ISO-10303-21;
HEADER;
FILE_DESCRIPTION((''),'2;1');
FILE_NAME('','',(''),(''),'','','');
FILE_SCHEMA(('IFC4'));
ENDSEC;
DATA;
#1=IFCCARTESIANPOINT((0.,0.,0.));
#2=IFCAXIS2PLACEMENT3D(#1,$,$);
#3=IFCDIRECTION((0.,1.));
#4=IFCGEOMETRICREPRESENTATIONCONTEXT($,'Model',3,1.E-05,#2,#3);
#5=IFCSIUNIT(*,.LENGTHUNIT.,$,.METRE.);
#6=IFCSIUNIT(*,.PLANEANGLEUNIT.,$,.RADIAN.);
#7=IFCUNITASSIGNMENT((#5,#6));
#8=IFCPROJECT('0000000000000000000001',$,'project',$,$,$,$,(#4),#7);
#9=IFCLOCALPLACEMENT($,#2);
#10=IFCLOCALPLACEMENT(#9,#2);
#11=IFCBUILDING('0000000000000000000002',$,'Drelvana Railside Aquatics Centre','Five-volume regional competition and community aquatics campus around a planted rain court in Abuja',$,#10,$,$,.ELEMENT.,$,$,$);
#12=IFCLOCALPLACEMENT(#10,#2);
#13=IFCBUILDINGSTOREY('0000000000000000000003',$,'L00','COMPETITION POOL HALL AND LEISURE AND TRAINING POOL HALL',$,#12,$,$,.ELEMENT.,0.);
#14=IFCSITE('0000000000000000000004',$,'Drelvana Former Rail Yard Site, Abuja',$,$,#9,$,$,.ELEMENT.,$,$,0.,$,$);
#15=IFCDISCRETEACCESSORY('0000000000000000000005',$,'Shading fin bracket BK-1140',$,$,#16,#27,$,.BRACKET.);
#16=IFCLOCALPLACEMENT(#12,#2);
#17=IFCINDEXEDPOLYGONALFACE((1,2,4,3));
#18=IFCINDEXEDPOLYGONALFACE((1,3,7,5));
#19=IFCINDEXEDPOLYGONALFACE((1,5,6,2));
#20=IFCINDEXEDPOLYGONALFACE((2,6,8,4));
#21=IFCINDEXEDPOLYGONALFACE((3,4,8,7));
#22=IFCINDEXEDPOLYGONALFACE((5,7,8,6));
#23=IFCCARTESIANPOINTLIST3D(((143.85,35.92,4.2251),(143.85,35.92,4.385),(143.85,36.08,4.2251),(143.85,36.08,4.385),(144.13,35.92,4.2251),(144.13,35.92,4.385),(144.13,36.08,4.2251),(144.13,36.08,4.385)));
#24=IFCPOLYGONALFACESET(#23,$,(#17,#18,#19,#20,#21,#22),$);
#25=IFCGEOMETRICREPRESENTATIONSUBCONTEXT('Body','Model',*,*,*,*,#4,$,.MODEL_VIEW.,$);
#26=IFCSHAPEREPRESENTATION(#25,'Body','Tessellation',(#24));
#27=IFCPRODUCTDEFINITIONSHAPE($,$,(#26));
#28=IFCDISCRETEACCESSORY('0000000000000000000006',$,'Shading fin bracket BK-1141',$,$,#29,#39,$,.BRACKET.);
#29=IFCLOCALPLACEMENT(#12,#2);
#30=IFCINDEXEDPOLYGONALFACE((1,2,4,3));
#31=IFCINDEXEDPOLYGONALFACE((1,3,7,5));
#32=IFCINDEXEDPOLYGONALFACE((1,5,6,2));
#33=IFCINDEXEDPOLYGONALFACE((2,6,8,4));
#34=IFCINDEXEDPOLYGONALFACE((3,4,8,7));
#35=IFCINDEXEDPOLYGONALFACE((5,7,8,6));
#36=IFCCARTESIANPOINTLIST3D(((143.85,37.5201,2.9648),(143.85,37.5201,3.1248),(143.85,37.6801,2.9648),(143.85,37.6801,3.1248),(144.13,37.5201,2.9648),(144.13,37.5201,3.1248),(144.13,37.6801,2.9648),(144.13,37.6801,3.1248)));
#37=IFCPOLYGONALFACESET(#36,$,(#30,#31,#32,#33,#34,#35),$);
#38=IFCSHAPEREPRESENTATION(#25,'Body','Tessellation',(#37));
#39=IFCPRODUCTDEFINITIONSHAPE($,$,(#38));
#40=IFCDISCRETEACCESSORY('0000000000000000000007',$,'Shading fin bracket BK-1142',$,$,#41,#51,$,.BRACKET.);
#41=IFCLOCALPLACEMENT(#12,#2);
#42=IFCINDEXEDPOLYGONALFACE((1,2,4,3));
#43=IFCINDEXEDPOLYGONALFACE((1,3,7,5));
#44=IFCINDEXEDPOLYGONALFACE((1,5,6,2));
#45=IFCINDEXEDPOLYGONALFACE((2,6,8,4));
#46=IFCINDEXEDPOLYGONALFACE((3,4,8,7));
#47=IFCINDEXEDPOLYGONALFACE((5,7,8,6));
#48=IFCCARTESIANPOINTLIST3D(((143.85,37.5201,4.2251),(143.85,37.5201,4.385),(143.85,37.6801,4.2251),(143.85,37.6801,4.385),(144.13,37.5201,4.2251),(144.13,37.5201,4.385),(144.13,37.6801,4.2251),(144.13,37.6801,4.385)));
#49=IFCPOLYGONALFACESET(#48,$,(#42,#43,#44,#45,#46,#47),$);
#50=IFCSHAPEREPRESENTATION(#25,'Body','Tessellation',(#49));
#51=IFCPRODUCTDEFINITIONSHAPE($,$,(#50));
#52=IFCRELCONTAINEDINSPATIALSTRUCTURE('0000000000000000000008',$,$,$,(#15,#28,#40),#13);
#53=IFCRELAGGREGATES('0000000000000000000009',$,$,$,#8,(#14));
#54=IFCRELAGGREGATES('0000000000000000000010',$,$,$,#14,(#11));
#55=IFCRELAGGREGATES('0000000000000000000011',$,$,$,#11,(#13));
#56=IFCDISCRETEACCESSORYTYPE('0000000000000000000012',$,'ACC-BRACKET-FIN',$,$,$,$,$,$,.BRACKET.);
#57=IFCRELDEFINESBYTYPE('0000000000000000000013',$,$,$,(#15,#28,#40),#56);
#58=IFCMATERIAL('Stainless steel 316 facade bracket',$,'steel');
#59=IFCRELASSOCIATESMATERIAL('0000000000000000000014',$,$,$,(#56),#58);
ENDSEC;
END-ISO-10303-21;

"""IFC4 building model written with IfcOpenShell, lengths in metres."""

from ifc_helpers import new_model, si_unit, direction, frame, origin, origin_2d, place, context, subcontext, project, spatial, rectangle, extrude, material, type_object, element, save


model = new_model("IFC4")

# Units and contexts
model_context = context("Model", 3, precision=1e-05, world=origin(), true_north=direction((0.0, 1.0)))
body_context = subcontext(model_context, "Body", "Model", "MODEL_VIEW")
ifc_project = project(units=[si_unit("LENGTHUNIT", "METRE"), si_unit("PLANEANGLEUNIT", "RADIAN")], contexts=[model_context])

# Site, building, storey
site_placement = place(None, origin())
site = spatial("IfcSite", under=ifc_project, at=site_placement, Name="Drelvana Former Rail Yard Site, Abuja", CompositionType="ELEMENT", RefElevation=0.0)
building_placement = place(site_placement, origin())
building = spatial("IfcBuilding", under=site, at=building_placement, Name="Drelvana Railside Aquatics Centre", Description="Five-volume regional competition and community aquatics campus around a planted rain court in Abuja", CompositionType="ELEMENT")
storey_placement = place(building_placement, origin())
storey = spatial("IfcBuildingStorey", under=building, at=storey_placement, Name="L00", Description="COMPETITION POOL HALL AND LEISURE AND TRAINING POOL HALL", CompositionType="ELEMENT", Elevation=0.0)

# Discrete accessories
ifc_material_1 = material(Name="Stainless steel 316 facade bracket", Category="steel")
discrete_accessory_type = type_object("IfcDiscreteAccessoryType", Name="ACC-BRACKET-FIN", PredefinedType="BRACKET", material=ifc_material_1)
for number, where, z_axis, x_axis, name in (
    (1, (143.99, 36.0, 4.2251), (0.0, 0.0, 1.0), (-1.0, 0.0, 0.0), "Shading fin bracket BK-1140"),
    (2, (143.99, 37.6001, 2.9648), (0.0, 0.0, 1.0), (-1.0, 0.0, 0.0), "Shading fin bracket BK-1141"),
    (3, (143.99, 37.6001, 4.2251), (0.0, 0.0, 1.0), (-1.0, 0.0, 0.0), "Shading fin bracket BK-1142"),
):
    element("IfcDiscreteAccessory", number, at=place(storey_placement, frame(where, z_axis=z_axis, x_axis=x_axis)), inside=storey, type_object=discrete_accessory_type, Name=name, PredefinedType="BRACKET", context=body_context, shape_type="SweptSolid", body=[
        extrude(rectangle(XDim=0.28, YDim=0.1599, at=origin_2d()), origin(), (0.0, 0.0, 1.0), 0.1599),
    ])

save(model, "model.ifc")
